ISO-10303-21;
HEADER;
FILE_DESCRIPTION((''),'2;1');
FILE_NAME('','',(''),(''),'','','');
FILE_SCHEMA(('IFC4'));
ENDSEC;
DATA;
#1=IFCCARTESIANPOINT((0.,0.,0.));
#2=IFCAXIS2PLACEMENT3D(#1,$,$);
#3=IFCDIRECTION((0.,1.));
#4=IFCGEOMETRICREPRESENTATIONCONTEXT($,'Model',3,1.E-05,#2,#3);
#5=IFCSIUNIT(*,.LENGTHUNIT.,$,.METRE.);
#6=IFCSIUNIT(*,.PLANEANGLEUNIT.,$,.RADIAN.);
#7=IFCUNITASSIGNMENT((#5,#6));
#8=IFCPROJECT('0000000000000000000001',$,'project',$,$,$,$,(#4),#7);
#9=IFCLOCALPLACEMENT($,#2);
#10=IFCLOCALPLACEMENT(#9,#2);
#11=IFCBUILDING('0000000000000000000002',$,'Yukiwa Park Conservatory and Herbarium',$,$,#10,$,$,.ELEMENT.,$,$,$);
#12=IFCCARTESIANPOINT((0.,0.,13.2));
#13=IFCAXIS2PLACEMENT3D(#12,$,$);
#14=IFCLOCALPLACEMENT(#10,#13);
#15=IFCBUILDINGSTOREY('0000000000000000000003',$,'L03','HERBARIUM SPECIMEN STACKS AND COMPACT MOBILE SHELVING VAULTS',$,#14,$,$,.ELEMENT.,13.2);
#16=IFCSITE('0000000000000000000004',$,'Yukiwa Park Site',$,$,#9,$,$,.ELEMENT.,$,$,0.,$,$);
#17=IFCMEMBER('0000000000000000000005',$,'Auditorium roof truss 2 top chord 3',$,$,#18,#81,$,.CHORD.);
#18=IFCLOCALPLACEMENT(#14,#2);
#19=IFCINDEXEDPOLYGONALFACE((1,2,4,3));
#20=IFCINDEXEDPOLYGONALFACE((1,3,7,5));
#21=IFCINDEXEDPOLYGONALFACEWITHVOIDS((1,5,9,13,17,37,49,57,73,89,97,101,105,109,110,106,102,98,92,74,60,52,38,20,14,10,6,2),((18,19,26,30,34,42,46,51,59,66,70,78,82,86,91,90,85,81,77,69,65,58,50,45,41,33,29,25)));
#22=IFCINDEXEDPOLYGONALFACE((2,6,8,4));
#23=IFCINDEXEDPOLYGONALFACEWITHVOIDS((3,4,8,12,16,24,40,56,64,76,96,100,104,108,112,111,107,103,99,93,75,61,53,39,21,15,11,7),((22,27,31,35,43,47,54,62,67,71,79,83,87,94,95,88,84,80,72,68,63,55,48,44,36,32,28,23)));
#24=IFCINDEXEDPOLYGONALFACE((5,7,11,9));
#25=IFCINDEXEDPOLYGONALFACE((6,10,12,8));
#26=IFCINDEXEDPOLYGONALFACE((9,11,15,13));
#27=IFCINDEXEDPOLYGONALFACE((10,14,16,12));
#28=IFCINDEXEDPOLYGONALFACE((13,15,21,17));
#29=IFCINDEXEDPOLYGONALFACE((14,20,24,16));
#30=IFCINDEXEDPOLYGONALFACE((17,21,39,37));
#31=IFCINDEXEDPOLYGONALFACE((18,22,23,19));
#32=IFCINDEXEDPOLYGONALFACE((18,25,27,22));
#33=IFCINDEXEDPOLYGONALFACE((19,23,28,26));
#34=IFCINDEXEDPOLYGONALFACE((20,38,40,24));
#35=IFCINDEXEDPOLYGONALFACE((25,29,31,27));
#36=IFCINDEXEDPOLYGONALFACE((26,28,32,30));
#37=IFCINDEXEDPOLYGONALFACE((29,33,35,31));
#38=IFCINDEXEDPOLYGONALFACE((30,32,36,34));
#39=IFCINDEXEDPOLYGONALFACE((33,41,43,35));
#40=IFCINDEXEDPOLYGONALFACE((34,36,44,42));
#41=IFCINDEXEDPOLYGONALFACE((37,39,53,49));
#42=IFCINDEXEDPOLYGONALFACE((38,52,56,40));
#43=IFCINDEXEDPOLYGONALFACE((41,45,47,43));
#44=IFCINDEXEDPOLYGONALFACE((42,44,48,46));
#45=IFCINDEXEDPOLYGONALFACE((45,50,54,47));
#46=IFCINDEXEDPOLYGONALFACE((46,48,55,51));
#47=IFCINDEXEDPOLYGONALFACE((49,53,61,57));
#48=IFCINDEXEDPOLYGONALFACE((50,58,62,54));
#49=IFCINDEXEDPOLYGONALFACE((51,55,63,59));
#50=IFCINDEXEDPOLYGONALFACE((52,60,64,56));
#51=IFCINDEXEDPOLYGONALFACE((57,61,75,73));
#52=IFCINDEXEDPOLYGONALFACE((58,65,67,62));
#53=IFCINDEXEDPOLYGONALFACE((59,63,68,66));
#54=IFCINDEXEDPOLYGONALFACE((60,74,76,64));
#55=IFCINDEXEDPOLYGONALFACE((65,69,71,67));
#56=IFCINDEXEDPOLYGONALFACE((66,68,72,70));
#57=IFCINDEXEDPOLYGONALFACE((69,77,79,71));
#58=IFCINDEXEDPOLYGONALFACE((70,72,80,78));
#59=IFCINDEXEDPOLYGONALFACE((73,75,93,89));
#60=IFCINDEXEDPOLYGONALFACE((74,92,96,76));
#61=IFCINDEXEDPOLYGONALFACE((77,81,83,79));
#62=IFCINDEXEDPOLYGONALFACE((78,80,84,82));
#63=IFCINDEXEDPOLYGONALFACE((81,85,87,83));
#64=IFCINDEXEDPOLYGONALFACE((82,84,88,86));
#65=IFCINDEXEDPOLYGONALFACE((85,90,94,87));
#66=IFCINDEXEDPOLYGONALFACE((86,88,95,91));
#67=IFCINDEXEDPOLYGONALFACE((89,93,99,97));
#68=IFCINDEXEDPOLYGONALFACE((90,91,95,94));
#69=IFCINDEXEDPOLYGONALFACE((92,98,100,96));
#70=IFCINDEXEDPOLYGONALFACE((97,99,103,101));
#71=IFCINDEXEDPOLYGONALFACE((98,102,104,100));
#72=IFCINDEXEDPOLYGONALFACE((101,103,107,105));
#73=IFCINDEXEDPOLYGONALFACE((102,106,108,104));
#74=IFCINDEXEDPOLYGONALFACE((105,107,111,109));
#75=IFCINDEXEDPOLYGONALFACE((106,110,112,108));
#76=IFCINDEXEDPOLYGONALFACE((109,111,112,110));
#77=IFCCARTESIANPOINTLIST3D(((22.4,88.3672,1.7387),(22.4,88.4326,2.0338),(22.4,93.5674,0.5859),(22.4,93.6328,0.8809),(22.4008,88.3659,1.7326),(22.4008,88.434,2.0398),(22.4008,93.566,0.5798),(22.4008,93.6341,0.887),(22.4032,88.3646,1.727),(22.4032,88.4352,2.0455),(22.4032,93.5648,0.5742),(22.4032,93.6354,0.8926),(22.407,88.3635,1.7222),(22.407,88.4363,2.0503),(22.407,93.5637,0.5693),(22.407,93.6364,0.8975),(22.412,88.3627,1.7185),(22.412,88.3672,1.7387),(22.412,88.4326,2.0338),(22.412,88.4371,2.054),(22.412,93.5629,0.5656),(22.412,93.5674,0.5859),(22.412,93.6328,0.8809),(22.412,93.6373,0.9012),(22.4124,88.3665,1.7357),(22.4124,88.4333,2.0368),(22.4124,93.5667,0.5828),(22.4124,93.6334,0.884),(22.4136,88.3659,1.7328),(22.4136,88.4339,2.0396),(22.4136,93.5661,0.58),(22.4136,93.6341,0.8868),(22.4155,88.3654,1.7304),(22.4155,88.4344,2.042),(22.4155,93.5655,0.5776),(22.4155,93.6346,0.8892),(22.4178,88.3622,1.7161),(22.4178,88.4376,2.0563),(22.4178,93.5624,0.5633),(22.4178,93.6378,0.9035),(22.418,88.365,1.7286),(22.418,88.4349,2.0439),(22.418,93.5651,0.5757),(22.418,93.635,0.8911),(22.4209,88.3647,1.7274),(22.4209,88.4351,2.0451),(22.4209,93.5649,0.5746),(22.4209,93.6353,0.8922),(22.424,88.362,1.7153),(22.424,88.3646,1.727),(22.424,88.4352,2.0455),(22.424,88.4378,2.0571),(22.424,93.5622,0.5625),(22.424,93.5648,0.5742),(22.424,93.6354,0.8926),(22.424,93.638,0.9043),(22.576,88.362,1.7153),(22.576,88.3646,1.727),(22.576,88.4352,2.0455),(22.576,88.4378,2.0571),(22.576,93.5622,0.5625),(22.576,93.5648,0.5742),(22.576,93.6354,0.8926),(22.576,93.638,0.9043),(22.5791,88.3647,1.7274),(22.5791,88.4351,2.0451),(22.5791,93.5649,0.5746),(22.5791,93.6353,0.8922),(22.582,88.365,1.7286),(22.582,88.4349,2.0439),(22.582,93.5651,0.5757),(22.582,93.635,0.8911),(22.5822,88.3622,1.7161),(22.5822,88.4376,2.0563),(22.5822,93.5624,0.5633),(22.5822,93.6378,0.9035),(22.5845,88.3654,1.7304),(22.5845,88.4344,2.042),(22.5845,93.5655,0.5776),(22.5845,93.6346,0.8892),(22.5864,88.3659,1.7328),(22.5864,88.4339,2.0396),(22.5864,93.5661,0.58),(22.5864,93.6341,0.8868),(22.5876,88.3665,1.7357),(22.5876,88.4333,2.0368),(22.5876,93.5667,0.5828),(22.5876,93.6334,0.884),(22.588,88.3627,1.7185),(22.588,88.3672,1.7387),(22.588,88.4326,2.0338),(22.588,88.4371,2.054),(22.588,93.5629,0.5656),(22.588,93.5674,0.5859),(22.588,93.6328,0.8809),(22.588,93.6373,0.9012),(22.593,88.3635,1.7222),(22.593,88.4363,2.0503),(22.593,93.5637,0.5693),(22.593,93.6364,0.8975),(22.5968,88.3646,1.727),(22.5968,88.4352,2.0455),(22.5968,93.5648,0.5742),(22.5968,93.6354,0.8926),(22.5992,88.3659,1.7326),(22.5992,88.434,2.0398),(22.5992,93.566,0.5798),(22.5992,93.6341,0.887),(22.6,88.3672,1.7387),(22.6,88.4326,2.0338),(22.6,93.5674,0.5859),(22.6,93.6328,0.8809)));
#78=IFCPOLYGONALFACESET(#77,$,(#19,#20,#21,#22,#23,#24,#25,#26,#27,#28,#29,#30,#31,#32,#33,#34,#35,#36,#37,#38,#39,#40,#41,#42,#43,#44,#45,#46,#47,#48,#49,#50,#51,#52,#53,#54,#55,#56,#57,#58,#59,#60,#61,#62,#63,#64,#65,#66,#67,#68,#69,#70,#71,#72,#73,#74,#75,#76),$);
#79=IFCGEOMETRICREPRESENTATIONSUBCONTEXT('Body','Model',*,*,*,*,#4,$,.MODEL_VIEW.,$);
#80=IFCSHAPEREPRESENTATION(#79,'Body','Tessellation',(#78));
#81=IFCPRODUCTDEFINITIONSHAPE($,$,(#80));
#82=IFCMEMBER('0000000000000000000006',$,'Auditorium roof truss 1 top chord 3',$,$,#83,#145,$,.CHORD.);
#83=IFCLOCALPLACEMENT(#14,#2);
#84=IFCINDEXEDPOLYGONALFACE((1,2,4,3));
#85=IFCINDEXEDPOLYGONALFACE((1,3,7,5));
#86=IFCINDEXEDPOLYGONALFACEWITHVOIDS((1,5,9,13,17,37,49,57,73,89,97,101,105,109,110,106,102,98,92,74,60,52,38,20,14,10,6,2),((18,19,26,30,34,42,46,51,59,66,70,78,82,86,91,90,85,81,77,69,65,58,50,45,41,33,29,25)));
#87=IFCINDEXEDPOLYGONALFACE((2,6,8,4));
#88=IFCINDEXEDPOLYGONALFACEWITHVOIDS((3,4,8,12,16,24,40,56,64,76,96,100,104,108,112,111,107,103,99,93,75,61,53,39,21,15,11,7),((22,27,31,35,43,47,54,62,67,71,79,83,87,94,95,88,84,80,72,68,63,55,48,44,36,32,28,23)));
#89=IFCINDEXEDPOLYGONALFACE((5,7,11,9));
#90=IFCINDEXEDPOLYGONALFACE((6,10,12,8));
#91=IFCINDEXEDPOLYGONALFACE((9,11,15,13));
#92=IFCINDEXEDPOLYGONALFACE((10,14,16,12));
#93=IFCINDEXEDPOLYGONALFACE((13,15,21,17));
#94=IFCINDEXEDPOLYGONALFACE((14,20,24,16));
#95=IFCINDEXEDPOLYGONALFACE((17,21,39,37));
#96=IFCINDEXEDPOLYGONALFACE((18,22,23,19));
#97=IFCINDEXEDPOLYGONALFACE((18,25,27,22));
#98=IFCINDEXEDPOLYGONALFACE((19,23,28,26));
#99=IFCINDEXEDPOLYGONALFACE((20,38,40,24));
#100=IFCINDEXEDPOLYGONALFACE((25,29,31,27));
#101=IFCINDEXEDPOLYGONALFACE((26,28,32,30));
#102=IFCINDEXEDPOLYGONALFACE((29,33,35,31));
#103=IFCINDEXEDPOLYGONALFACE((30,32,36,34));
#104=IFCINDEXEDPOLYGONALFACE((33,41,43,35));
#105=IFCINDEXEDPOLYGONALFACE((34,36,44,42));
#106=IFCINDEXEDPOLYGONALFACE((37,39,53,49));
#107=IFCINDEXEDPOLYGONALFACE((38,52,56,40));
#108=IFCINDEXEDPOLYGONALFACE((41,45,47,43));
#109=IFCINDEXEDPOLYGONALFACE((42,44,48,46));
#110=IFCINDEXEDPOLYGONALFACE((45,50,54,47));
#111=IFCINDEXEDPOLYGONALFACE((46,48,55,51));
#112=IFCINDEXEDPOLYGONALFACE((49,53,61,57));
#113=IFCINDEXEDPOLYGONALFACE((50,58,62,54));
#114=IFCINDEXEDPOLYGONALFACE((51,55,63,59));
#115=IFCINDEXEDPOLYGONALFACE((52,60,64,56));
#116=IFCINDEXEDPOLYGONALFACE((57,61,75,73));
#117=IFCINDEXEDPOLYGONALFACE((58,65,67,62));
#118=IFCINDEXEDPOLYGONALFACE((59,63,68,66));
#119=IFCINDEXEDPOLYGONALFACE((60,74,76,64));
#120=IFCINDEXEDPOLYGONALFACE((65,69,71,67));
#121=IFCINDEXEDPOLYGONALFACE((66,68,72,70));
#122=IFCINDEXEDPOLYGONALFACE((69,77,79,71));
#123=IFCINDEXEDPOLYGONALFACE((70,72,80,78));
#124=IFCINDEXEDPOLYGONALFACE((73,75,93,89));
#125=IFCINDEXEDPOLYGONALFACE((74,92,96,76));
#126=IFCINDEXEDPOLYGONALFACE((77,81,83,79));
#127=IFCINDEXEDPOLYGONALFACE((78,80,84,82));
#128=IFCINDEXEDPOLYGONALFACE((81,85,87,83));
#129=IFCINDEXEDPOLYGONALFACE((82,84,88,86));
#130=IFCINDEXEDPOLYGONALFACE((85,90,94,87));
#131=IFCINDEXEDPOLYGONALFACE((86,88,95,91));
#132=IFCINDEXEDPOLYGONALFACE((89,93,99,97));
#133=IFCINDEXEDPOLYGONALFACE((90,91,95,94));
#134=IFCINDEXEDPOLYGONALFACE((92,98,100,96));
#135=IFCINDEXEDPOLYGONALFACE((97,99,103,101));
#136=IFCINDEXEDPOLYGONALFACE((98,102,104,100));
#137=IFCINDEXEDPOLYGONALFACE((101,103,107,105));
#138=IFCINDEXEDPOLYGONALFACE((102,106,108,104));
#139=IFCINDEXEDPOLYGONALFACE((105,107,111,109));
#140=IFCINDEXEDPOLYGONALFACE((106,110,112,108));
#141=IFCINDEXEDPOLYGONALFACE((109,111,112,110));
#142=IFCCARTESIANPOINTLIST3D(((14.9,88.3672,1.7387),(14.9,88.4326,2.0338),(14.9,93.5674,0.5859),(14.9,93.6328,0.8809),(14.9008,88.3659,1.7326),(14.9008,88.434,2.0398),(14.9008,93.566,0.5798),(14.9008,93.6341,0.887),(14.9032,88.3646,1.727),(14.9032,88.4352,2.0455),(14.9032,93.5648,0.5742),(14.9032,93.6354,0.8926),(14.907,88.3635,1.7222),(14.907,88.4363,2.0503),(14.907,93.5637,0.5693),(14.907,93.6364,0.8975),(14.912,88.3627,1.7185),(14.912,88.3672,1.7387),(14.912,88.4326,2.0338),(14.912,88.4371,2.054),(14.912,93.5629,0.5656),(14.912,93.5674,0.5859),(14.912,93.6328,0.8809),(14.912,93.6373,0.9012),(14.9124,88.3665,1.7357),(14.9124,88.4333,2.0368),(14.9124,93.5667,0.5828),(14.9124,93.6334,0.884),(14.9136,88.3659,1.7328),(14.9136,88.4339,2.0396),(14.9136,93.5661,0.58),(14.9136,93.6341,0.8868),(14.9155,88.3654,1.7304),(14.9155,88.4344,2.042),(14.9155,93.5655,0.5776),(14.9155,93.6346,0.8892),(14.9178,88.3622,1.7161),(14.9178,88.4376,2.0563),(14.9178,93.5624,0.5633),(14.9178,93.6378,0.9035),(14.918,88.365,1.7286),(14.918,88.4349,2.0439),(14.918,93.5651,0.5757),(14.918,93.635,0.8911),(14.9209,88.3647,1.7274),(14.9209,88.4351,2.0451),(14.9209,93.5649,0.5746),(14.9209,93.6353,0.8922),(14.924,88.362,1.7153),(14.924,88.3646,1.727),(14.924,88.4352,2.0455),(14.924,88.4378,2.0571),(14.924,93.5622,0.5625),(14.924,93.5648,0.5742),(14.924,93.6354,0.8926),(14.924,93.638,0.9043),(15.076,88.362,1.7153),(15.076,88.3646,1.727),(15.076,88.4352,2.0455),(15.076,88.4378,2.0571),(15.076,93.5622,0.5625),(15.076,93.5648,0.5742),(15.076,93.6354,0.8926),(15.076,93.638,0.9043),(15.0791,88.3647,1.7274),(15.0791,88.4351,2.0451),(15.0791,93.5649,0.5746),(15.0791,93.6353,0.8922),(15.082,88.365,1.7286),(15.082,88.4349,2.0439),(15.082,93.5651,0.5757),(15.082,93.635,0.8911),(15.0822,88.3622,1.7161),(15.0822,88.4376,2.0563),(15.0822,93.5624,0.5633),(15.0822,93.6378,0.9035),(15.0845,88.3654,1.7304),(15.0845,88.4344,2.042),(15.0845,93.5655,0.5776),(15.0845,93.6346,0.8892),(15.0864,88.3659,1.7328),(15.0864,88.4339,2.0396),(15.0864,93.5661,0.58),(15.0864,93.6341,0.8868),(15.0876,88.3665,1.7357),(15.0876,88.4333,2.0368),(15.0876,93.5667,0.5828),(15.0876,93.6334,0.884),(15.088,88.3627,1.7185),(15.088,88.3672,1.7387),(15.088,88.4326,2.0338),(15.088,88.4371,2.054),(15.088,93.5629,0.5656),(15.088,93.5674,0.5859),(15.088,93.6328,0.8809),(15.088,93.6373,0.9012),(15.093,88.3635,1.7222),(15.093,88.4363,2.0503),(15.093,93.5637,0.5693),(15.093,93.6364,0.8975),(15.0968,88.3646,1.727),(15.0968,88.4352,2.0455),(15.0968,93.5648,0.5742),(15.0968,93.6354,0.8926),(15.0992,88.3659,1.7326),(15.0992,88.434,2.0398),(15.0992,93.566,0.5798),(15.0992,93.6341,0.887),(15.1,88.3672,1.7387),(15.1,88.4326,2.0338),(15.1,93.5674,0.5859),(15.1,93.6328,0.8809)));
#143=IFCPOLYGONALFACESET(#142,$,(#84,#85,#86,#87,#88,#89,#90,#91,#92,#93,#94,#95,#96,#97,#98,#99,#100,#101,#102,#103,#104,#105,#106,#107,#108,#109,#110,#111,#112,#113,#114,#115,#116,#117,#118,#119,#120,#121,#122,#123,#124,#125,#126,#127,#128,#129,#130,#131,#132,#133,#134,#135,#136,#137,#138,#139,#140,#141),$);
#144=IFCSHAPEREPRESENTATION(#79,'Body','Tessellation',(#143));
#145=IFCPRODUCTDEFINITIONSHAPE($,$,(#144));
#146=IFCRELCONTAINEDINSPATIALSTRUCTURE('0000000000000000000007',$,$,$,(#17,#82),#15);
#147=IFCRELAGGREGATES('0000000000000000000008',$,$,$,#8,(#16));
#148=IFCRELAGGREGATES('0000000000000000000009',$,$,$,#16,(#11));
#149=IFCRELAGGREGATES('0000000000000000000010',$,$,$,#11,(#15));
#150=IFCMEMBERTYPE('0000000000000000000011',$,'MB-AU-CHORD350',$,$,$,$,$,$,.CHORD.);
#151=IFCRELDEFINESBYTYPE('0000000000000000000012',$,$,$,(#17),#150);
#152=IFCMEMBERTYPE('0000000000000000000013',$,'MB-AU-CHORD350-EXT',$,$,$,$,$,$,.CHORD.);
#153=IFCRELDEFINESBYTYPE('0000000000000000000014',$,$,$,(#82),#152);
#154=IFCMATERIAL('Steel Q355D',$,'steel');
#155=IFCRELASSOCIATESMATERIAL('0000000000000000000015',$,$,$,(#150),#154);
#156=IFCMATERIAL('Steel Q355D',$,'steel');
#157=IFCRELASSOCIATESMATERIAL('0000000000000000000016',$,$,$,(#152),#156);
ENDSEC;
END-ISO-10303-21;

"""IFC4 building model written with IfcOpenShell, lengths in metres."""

from ifc_helpers import new_model, si_unit, direction, frame, origin, origin_2d, place, context, subcontext, project, spatial, hollow_rectangle, extrude, material, material_profile, profile_set, type_object, element, save


model = new_model("IFC4")

# Units and contexts
model_context = context("Model", 3, precision=1e-05, world=origin(), true_north=direction((0.0, 1.0)))
body_context = subcontext(model_context, "Body", "Model", "MODEL_VIEW")
ifc_project = project(units=[si_unit("LENGTHUNIT", "METRE"), si_unit("PLANEANGLEUNIT", "RADIAN")], contexts=[model_context])

# Site, building, storey
site_placement = place(None, origin())
site = spatial("IfcSite", under=ifc_project, at=site_placement, Name="Yukiwa Park Site", CompositionType="ELEMENT", RefElevation=0.0)
building_placement = place(site_placement, origin())
building = spatial("IfcBuilding", under=site, at=building_placement, Name="Yukiwa Park Conservatory and Herbarium", CompositionType="ELEMENT")
storey_placement = place(building_placement, frame((0.0, 0.0, 13.2)))
storey = spatial("IfcBuildingStorey", under=building, at=storey_placement, Name="L03", Description="HERBARIUM SPECIMEN STACKS AND COMPACT MOBILE SHELVING VAULTS", CompositionType="ELEMENT", Elevation=13.2)

# Members
ifc_material_1 = material(Name="Steel Q355D", Category="steel")
ifc_material_profile_1 = material_profile(ifc_material_1, hollow_rectangle(XDim=0.2, YDim=0.3501, WallThickness=0.012, InnerFilletRadius=0.012, OuterFilletRadius=0.0239, at=origin_2d()), Name="RHS 350x200x12")
ifc_profile_set_1 = profile_set([ifc_material_profile_1], Name="Steel Q355D")
member_type_1 = type_object("IfcMemberType", Name="MB-AU-CHORD350", PredefinedType="CHORD", material=ifc_profile_set_1)
member_1_placement = place(storey_placement, frame((22.5, 88.3999, 1.8862), z_axis=(0.0, 0.976297, -0.216435), x_axis=(-1.0, 0.0, 0.0)))
element("IfcMember", 1, at=member_1_placement, inside=storey, type_object=member_type_1, Name="Auditorium roof truss 2 top chord 3", PredefinedType="CHORD", context=body_context, shape_type="SweptSolid", body=[
    extrude(hollow_rectangle(XDim=0.2, YDim=0.3501, WallThickness=0.012, InnerFilletRadius=0.012, OuterFilletRadius=0.0239, at=origin_2d()), origin(), (0.0, 0.0, 1.0), 5.3264),
])
ifc_material_2 = material(Name="Steel Q355D", Category="steel")
ifc_material_profile_2 = material_profile(ifc_material_2, hollow_rectangle(XDim=0.2, YDim=0.3501, WallThickness=0.012, InnerFilletRadius=0.012, OuterFilletRadius=0.0239, at=origin_2d()), Name="RHS 350x200x12")
ifc_profile_set_2 = profile_set([ifc_material_profile_2], Name="Steel Q355D")
member_type_2 = type_object("IfcMemberType", Name="MB-AU-CHORD350-EXT", PredefinedType="CHORD", material=ifc_profile_set_2)
member_2_placement = place(storey_placement, frame((15.0, 88.3999, 1.8862), z_axis=(0.0, 0.976297, -0.216435), x_axis=(-1.0, 0.0, 0.0)))
element("IfcMember", 2, at=member_2_placement, inside=storey, type_object=member_type_2, Name="Auditorium roof truss 1 top chord 3", PredefinedType="CHORD", context=body_context, shape_type="SweptSolid", body=[
    extrude(hollow_rectangle(XDim=0.2, YDim=0.3501, WallThickness=0.012, InnerFilletRadius=0.012, OuterFilletRadius=0.0239, at=origin_2d()), origin(), (0.0, 0.0, 1.0), 5.3264),
])

save(model, "model.ifc")
